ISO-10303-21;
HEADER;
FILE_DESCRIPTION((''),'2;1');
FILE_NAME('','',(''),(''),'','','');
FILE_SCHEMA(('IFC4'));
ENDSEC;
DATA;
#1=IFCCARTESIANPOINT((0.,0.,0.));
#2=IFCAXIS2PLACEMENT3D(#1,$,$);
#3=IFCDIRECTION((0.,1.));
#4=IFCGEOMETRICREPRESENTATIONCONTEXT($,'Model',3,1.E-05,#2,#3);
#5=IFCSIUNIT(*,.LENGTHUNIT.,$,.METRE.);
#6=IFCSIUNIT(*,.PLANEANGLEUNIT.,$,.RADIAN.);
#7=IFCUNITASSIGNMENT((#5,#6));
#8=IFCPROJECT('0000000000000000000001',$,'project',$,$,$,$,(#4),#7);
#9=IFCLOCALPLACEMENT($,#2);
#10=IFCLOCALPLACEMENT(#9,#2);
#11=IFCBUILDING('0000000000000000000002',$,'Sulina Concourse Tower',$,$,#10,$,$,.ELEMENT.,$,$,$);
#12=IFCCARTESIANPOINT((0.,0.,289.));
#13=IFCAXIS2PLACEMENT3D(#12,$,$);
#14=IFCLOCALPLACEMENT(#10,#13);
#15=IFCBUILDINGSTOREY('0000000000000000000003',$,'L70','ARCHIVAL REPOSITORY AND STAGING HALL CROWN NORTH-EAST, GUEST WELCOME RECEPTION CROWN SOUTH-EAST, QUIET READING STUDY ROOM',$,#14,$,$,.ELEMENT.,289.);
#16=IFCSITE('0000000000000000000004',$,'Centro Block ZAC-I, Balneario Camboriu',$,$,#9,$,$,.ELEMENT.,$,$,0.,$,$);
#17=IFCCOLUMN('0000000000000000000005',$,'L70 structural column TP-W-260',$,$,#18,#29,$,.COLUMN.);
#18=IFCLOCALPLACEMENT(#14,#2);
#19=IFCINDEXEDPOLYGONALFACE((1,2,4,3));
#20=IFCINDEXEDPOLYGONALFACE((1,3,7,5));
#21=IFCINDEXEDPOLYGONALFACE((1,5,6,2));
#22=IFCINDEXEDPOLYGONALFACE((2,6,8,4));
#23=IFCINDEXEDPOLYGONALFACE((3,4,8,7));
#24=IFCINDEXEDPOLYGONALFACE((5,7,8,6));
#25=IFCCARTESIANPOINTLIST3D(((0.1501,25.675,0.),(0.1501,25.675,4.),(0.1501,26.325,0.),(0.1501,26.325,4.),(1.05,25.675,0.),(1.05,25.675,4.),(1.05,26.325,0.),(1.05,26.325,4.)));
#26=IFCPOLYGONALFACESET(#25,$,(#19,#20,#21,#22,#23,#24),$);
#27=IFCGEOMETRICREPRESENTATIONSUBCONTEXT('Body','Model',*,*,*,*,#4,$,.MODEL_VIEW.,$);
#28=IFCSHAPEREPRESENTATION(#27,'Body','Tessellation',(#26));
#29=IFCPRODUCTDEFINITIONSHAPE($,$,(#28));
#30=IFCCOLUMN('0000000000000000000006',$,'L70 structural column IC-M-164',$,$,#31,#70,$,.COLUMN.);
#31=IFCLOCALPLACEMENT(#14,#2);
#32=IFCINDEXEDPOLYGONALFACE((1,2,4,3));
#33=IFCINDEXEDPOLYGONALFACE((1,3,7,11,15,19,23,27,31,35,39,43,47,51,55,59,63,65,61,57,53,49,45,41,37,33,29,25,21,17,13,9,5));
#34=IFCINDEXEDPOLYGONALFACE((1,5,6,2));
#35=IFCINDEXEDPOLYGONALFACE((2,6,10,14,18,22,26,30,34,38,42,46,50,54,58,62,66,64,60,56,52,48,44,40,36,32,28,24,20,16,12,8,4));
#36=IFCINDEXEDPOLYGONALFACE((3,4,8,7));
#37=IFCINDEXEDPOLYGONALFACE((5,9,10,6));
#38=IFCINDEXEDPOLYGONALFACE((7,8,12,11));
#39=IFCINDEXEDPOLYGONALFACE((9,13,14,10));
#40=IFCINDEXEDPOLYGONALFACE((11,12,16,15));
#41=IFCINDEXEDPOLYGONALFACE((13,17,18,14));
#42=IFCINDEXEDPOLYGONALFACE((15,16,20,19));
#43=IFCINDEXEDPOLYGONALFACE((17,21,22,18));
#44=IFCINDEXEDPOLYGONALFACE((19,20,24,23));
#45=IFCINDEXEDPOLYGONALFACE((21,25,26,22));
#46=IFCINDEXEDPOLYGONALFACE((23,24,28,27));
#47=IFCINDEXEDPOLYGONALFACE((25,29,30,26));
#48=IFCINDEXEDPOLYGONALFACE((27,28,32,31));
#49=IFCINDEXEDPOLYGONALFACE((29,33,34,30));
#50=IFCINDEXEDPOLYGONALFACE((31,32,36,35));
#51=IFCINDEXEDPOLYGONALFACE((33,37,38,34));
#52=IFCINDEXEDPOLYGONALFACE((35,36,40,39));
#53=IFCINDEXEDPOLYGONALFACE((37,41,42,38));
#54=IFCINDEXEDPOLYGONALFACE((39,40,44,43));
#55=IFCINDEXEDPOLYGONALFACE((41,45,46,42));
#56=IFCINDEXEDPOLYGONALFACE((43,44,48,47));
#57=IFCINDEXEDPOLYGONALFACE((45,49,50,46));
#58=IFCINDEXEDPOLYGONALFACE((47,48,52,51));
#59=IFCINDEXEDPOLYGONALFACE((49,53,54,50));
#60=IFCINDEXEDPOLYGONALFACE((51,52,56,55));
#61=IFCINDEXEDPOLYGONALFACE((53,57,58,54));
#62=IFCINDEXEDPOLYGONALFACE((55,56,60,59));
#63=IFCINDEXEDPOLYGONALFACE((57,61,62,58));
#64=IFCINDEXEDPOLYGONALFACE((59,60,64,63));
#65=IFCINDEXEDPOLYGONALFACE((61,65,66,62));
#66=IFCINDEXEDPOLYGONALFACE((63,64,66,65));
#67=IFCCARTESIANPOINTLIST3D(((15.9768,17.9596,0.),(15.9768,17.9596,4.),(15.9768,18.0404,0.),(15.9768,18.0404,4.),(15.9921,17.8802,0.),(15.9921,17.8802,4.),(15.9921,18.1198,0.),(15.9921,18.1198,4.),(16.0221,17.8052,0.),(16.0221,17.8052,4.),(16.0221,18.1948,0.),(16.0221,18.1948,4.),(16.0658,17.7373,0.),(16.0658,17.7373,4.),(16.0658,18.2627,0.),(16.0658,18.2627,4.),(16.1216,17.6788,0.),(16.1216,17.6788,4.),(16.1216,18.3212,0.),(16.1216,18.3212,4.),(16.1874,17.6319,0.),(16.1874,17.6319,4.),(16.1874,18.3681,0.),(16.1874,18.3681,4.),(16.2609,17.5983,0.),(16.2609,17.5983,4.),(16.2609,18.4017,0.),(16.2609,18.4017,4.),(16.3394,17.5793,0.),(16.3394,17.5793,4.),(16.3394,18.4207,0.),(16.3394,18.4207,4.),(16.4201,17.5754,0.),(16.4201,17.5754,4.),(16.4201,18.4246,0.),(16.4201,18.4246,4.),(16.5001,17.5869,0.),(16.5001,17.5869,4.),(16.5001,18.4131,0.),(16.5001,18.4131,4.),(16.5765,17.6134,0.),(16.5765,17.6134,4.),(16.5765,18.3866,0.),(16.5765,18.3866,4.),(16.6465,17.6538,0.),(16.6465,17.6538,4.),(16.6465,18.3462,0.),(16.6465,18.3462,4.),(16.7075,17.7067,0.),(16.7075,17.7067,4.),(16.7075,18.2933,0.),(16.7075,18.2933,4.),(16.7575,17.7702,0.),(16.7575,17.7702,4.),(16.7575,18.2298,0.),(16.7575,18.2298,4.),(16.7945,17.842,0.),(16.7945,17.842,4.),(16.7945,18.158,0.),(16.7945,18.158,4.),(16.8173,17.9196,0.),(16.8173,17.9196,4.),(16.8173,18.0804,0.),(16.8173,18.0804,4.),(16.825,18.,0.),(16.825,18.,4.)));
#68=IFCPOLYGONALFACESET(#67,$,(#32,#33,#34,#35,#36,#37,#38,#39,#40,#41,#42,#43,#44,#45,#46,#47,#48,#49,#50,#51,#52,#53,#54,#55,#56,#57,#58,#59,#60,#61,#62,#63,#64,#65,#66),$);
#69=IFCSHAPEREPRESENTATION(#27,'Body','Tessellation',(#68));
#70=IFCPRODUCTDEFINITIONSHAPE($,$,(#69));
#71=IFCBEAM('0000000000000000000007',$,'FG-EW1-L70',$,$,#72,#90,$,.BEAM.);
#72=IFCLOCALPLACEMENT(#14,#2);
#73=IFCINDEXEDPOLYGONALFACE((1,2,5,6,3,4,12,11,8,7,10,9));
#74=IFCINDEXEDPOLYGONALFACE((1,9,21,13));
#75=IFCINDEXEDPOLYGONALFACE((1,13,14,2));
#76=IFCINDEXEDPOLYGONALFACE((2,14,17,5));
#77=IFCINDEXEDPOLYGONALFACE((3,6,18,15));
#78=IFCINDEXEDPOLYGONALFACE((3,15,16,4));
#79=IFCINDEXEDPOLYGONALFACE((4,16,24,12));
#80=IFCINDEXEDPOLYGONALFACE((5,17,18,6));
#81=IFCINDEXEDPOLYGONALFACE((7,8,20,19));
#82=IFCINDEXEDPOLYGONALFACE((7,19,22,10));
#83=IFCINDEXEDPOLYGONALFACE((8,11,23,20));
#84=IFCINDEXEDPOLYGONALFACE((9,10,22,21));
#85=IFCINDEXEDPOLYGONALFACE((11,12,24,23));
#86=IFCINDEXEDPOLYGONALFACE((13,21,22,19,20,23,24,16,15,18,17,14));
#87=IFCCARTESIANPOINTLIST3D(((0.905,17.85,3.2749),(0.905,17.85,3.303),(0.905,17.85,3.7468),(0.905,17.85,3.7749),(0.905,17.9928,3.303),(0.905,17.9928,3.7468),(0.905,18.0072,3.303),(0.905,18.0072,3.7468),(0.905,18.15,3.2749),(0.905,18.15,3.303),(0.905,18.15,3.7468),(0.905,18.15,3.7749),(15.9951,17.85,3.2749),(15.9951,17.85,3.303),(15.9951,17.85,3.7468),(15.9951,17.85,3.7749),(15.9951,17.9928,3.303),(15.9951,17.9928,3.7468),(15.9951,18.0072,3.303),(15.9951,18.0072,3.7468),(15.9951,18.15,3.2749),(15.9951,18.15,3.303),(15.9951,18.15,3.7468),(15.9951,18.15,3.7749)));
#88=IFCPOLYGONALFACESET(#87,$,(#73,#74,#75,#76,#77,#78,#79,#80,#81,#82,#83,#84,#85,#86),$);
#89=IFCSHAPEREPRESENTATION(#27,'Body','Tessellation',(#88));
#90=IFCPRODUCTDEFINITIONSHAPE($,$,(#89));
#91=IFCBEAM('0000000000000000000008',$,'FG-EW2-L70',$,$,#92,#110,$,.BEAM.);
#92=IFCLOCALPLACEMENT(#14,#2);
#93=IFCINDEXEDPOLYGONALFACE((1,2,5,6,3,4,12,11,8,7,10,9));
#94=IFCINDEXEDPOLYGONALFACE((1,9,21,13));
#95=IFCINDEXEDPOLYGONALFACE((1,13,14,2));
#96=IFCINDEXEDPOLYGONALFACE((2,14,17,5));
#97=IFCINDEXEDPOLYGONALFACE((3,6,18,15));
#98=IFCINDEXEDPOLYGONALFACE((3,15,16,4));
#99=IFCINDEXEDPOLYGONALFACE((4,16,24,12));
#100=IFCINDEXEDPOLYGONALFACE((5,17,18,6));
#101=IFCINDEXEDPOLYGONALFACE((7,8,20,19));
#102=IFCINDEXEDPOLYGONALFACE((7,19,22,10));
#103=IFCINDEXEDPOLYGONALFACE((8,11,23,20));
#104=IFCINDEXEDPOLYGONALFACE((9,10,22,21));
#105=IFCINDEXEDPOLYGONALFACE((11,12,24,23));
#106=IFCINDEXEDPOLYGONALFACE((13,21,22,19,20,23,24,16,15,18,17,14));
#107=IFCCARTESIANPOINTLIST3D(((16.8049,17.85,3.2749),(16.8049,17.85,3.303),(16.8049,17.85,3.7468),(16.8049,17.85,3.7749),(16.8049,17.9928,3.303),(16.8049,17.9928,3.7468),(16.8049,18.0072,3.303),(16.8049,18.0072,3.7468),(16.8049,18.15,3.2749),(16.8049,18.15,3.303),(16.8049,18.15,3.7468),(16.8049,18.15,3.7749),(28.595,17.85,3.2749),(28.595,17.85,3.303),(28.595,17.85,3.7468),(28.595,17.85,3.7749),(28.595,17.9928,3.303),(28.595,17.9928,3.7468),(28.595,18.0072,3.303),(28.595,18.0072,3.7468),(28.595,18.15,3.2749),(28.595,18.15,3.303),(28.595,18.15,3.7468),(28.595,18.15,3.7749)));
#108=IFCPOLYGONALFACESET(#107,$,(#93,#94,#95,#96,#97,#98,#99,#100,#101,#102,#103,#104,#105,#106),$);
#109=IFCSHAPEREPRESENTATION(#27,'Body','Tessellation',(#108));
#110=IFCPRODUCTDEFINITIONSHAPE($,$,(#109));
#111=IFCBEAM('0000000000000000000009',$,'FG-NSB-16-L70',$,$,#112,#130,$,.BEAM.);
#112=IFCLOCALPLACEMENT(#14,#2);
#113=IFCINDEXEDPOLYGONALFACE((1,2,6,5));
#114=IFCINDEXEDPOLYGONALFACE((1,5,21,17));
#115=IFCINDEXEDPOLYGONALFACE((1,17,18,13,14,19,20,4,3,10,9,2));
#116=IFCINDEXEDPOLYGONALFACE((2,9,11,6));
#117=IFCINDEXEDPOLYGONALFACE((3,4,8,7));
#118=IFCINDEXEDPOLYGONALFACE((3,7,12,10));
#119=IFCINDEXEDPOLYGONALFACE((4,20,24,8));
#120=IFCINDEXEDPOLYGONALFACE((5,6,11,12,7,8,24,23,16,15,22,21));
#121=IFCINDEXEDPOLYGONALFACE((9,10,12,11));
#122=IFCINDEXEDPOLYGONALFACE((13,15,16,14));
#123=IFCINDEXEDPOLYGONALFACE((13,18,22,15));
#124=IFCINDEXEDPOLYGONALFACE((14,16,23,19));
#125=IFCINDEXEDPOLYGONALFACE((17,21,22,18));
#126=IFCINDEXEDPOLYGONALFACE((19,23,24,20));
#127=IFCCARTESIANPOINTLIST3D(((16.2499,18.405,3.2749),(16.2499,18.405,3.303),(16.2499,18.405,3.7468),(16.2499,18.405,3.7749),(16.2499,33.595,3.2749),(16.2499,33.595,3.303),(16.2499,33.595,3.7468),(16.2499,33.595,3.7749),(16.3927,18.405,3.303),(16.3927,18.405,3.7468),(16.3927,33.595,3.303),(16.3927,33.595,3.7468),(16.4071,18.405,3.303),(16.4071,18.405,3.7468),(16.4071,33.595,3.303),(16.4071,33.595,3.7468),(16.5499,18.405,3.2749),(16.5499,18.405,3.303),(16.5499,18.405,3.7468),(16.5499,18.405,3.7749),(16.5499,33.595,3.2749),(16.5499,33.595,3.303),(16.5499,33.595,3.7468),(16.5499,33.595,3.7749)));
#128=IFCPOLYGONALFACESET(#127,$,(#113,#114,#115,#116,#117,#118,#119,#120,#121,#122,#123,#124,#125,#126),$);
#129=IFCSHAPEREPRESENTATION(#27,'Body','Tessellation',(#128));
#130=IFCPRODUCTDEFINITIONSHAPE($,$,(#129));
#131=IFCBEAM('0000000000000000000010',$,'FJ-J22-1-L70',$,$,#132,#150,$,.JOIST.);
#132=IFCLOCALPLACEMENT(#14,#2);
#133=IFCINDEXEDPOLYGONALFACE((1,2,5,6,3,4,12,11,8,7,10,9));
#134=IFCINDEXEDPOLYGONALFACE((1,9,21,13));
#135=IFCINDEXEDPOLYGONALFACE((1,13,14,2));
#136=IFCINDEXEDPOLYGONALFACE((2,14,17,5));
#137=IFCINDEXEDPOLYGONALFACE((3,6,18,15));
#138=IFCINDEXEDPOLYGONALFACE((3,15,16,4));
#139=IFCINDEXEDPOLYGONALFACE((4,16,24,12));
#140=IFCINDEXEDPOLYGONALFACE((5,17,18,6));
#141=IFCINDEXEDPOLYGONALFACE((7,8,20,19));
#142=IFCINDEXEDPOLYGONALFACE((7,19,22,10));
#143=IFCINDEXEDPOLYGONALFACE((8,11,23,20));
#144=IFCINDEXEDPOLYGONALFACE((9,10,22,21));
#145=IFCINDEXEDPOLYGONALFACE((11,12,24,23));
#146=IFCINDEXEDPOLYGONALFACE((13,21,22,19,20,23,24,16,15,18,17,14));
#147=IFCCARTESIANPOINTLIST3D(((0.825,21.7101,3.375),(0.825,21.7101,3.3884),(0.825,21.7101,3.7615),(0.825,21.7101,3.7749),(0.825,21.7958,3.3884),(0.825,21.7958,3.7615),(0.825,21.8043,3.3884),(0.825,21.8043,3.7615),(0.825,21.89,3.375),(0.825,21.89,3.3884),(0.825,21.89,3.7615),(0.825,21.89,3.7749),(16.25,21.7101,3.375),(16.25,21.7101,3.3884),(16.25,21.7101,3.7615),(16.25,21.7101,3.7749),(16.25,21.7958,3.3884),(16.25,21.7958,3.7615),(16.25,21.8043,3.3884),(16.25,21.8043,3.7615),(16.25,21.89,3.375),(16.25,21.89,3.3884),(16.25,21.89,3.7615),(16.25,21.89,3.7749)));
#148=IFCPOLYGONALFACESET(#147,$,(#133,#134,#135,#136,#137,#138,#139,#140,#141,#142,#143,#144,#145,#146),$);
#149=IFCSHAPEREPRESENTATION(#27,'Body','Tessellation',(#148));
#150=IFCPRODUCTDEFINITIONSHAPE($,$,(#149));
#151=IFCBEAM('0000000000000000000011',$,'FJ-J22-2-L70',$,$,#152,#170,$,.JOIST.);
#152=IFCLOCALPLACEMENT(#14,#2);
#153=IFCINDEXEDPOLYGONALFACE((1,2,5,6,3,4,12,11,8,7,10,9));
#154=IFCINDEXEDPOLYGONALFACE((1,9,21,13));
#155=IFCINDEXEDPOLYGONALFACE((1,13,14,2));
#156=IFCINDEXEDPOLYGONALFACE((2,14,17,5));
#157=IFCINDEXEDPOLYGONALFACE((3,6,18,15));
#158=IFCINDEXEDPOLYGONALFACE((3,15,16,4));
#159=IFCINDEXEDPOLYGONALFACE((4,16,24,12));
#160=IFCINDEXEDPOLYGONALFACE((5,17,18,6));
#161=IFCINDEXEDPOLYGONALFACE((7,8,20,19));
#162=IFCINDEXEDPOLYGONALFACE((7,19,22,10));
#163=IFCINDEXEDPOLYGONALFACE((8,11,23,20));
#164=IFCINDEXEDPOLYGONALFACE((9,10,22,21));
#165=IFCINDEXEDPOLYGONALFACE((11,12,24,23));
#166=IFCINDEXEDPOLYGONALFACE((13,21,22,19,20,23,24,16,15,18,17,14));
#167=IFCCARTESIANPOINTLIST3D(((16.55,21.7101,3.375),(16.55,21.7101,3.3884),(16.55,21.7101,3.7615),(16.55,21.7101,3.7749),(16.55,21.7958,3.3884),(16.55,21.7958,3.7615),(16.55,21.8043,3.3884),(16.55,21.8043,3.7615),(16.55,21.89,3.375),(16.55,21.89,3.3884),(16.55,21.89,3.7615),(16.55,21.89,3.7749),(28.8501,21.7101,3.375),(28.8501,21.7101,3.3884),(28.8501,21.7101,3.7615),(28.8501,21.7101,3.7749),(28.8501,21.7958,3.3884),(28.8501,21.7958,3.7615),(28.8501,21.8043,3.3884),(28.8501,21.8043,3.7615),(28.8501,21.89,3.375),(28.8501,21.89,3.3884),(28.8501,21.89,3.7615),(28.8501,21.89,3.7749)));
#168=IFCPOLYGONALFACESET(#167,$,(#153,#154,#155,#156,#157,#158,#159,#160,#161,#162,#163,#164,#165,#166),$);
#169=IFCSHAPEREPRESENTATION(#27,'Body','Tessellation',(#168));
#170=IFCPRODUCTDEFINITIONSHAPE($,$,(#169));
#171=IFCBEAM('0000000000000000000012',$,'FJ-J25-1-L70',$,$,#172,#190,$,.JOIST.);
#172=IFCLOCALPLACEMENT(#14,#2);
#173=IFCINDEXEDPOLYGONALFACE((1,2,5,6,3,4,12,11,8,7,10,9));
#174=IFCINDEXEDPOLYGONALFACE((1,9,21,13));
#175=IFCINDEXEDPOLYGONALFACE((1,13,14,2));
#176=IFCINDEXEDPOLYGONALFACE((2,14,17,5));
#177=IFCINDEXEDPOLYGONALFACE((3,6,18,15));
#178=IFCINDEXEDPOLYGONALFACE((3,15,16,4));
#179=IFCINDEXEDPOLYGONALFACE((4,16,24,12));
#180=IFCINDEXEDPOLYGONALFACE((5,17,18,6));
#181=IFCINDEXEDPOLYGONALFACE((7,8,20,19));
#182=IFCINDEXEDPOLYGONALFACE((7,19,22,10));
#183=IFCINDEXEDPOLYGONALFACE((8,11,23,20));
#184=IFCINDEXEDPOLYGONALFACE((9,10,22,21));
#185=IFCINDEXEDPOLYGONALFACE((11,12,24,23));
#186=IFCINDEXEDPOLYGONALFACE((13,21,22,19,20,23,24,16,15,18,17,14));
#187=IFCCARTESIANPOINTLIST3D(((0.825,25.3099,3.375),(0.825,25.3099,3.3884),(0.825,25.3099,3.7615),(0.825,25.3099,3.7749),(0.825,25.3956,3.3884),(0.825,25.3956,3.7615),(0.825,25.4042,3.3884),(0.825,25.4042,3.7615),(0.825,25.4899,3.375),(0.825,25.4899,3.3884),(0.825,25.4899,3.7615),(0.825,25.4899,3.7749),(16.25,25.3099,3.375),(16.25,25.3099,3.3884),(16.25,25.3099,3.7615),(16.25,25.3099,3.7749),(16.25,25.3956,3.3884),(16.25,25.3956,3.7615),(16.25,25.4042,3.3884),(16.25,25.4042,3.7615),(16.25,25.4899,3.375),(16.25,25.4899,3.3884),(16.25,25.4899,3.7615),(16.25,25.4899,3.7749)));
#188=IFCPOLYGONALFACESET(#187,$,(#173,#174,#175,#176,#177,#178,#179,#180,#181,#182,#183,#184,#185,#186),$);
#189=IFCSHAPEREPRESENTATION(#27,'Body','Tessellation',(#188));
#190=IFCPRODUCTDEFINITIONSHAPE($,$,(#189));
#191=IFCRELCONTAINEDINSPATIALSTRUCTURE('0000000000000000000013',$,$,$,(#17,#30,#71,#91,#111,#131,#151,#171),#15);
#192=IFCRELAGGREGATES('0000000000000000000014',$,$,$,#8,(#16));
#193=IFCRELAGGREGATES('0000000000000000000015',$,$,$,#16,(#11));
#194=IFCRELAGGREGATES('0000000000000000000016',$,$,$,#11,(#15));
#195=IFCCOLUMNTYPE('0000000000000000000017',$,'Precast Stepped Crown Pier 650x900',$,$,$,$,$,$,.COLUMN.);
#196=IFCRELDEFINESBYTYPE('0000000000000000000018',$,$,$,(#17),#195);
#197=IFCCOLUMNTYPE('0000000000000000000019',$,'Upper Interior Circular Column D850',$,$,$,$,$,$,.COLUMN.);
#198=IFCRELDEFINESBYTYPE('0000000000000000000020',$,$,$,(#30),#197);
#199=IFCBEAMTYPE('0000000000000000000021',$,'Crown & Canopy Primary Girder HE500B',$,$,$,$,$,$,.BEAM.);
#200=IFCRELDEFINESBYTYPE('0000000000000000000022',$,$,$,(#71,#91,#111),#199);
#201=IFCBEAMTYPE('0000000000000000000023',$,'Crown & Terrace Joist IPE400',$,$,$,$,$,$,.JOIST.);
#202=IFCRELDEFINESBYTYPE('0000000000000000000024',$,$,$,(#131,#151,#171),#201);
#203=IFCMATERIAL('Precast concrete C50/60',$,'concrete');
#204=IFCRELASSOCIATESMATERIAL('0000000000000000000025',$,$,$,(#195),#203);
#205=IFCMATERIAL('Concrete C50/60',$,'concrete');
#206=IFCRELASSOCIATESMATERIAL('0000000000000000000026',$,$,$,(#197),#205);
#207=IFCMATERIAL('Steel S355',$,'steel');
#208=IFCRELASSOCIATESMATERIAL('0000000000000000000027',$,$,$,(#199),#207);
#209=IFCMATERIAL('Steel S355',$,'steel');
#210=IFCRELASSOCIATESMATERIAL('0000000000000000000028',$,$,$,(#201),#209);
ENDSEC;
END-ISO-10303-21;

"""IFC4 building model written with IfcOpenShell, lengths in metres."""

from ifc_helpers import new_model, si_unit, direction, frame, origin, origin_2d, place, context, subcontext, project, spatial, rectangle, circle, i_section, extrude, material, material_profile, profile_set, type_object, element, save


model = new_model("IFC4")

# Units and contexts
model_context = context("Model", 3, precision=1e-05, world=origin(), true_north=direction((0.0, 1.0)))
body_context = subcontext(model_context, "Body", "Model", "MODEL_VIEW")
ifc_project = project(units=[si_unit("LENGTHUNIT", "METRE"), si_unit("PLANEANGLEUNIT", "RADIAN")], contexts=[model_context])

# Site, building, storey
site_placement = place(None, origin())
site = spatial("IfcSite", under=ifc_project, at=site_placement, Name="Centro Block ZAC-I, Balneario Camboriu", CompositionType="ELEMENT", RefElevation=0.0)
building_placement = place(site_placement, origin())
building = spatial("IfcBuilding", under=site, at=building_placement, Name="Sulina Concourse Tower", CompositionType="ELEMENT")
storey_placement = place(building_placement, frame((0.0, 0.0, 289.0)))
storey = spatial("IfcBuildingStorey", under=building, at=storey_placement, Name="L70", Description="ARCHIVAL REPOSITORY AND STAGING HALL CROWN NORTH-EAST, GUEST WELCOME RECEPTION CROWN SOUTH-EAST, QUIET READING STUDY ROOM", CompositionType="ELEMENT", Elevation=289.0)

# Columns
ifc_material_1 = material(Name="Precast concrete C50/60", Category="concrete")
ifc_material_profile_1 = material_profile(ifc_material_1, rectangle(XDim=0.6499, YDim=0.8999, at=origin_2d()), Name="PC 650x900")
ifc_profile_set_1 = profile_set([ifc_material_profile_1], Name="Precast concrete C50/60")
column_type_1 = type_object("IfcColumnType", Name="Precast Stepped Crown Pier 650x900", PredefinedType="COLUMN", material=ifc_profile_set_1)
column_1_placement = place(storey_placement, frame((0.6001, 26.0, 0.0), z_axis=(0.0, 0.0, 1.0), x_axis=(0.0, 1.0, 0.0)))
element("IfcColumn", 1, at=column_1_placement, inside=storey, type_object=column_type_1, Name="L70 structural column TP-W-260", PredefinedType="COLUMN", context=body_context, shape_type="SweptSolid", body=[
    extrude(rectangle(XDim=0.6499, YDim=0.8999, at=origin_2d()), origin(), (0.0, 0.0, 1.0), 4.0),
])
ifc_material_2 = material(Name="Concrete C50/60", Category="concrete")
ifc_material_profile_2 = material_profile(ifc_material_2, circle(Radius=0.425, at=origin_2d()), Name="RC D850")
ifc_profile_set_2 = profile_set([ifc_material_profile_2], Name="Concrete C50/60")
column_type_2 = type_object("IfcColumnType", Name="Upper Interior Circular Column D850", PredefinedType="COLUMN", material=ifc_profile_set_2)
column_2_placement = place(storey_placement, frame((16.3999, 18.0, 0.0), z_axis=(0.0, 0.0, 1.0), x_axis=(1.0, 0.0, 0.0)))
element("IfcColumn", 2, at=column_2_placement, inside=storey, type_object=column_type_2, Name="L70 structural column IC-M-164", PredefinedType="COLUMN", context=body_context, shape_type="SweptSolid", body=[
    extrude(circle(Radius=0.425, at=origin_2d()), origin(), (0.0, 0.0, 1.0), 4.0),
])

# Beams
ifc_material_3 = material(Name="Steel S355", Category="steel")
ifc_material_profile_3 = material_profile(ifc_material_3, i_section(OverallWidth=0.3, OverallDepth=0.5, WebThickness=0.0144, FlangeThickness=0.0281, at=origin_2d()), Name="HE 500 B")
ifc_profile_set_3 = profile_set([ifc_material_profile_3], Name="Steel S355")
beam_type_1 = type_object("IfcBeamType", Name="Crown & Canopy Primary Girder HE500B", PredefinedType="BEAM", material=ifc_profile_set_3)
beam_1_placement = place(storey_placement, frame((0.905, 18.0, 3.5249), z_axis=(1.0, 0.0, 0.0), x_axis=(0.0, 1.0, 0.0)))
element("IfcBeam", 3, at=beam_1_placement, inside=storey, type_object=beam_type_1, Name="FG-EW1-L70", PredefinedType="BEAM", context=body_context, shape_type="SweptSolid", body=[
    extrude(i_section(OverallWidth=0.3, OverallDepth=0.5, WebThickness=0.0144, FlangeThickness=0.0281, at=origin_2d()), origin(), (0.0, 0.0, 1.0), 15.0901),
])
beam_2_placement = place(storey_placement, frame((16.8049, 18.0, 3.5249), z_axis=(1.0, 0.0, 0.0), x_axis=(0.0, 1.0, 0.0)))
element("IfcBeam", 4, at=beam_2_placement, inside=storey, type_object=beam_type_1, Name="FG-EW2-L70", PredefinedType="BEAM", context=body_context, shape_type="SweptSolid", body=[
    extrude(i_section(OverallWidth=0.3, OverallDepth=0.5, WebThickness=0.0144, FlangeThickness=0.0281, at=origin_2d()), origin(), (0.0, 0.0, 1.0), 11.79),
])
beam_3_placement = place(storey_placement, frame((16.3999, 18.405, 3.5249), z_axis=(0.0, 1.0, 0.0), x_axis=(-1.0, 0.0, 0.0)))
element("IfcBeam", 5, at=beam_3_placement, inside=storey, type_object=beam_type_1, Name="FG-NSB-16-L70", PredefinedType="BEAM", context=body_context, shape_type="SweptSolid", body=[
    extrude(i_section(OverallWidth=0.3, OverallDepth=0.5, WebThickness=0.0144, FlangeThickness=0.0281, at=origin_2d()), origin(), (0.0, 0.0, 1.0), 15.1899),
])
ifc_material_4 = material(Name="Steel S355", Category="steel")
ifc_material_profile_4 = material_profile(ifc_material_4, i_section(OverallWidth=0.1799, OverallDepth=0.3999, WebThickness=0.0085, FlangeThickness=0.0134, at=origin_2d()), Name="IPE 400")
ifc_profile_set_4 = profile_set([ifc_material_profile_4], Name="Steel S355")
beam_type_2 = type_object("IfcBeamType", Name="Crown & Terrace Joist IPE400", PredefinedType="JOIST", material=ifc_profile_set_4)
beam_4_placement = place(storey_placement, frame((0.825, 21.8, 3.575), z_axis=(1.0, 0.0, 0.0), x_axis=(0.0, 1.0, 0.0)))
element("IfcBeam", 6, at=beam_4_placement, inside=storey, type_object=beam_type_2, Name="FJ-J22-1-L70", PredefinedType="JOIST", context=body_context, shape_type="SweptSolid", body=[
    extrude(i_section(OverallWidth=0.1799, OverallDepth=0.3999, WebThickness=0.0085, FlangeThickness=0.0134, at=origin_2d()), origin(), (0.0, 0.0, 1.0), 15.425),
])
beam_5_placement = place(storey_placement, frame((16.55, 21.8, 3.575), z_axis=(1.0, 0.0, 0.0), x_axis=(0.0, 1.0, 0.0)))
element("IfcBeam", 7, at=beam_5_placement, inside=storey, type_object=beam_type_2, Name="FJ-J22-2-L70", PredefinedType="JOIST", context=body_context, shape_type="SweptSolid", body=[
    extrude(i_section(OverallWidth=0.1799, OverallDepth=0.3999, WebThickness=0.0085, FlangeThickness=0.0134, at=origin_2d()), origin(), (0.0, 0.0, 1.0), 12.3),
])
beam_6_placement = place(storey_placement, frame((0.825, 25.3999, 3.575), z_axis=(1.0, 0.0, 0.0), x_axis=(0.0, 1.0, 0.0)))
element("IfcBeam", 8, at=beam_6_placement, inside=storey, type_object=beam_type_2, Name="FJ-J25-1-L70", PredefinedType="JOIST", context=body_context, shape_type="SweptSolid", body=[
    extrude(i_section(OverallWidth=0.1799, OverallDepth=0.3999, WebThickness=0.0085, FlangeThickness=0.0134, at=origin_2d()), origin(), (0.0, 0.0, 1.0), 15.425),
])

save(model, "model.ifc")
